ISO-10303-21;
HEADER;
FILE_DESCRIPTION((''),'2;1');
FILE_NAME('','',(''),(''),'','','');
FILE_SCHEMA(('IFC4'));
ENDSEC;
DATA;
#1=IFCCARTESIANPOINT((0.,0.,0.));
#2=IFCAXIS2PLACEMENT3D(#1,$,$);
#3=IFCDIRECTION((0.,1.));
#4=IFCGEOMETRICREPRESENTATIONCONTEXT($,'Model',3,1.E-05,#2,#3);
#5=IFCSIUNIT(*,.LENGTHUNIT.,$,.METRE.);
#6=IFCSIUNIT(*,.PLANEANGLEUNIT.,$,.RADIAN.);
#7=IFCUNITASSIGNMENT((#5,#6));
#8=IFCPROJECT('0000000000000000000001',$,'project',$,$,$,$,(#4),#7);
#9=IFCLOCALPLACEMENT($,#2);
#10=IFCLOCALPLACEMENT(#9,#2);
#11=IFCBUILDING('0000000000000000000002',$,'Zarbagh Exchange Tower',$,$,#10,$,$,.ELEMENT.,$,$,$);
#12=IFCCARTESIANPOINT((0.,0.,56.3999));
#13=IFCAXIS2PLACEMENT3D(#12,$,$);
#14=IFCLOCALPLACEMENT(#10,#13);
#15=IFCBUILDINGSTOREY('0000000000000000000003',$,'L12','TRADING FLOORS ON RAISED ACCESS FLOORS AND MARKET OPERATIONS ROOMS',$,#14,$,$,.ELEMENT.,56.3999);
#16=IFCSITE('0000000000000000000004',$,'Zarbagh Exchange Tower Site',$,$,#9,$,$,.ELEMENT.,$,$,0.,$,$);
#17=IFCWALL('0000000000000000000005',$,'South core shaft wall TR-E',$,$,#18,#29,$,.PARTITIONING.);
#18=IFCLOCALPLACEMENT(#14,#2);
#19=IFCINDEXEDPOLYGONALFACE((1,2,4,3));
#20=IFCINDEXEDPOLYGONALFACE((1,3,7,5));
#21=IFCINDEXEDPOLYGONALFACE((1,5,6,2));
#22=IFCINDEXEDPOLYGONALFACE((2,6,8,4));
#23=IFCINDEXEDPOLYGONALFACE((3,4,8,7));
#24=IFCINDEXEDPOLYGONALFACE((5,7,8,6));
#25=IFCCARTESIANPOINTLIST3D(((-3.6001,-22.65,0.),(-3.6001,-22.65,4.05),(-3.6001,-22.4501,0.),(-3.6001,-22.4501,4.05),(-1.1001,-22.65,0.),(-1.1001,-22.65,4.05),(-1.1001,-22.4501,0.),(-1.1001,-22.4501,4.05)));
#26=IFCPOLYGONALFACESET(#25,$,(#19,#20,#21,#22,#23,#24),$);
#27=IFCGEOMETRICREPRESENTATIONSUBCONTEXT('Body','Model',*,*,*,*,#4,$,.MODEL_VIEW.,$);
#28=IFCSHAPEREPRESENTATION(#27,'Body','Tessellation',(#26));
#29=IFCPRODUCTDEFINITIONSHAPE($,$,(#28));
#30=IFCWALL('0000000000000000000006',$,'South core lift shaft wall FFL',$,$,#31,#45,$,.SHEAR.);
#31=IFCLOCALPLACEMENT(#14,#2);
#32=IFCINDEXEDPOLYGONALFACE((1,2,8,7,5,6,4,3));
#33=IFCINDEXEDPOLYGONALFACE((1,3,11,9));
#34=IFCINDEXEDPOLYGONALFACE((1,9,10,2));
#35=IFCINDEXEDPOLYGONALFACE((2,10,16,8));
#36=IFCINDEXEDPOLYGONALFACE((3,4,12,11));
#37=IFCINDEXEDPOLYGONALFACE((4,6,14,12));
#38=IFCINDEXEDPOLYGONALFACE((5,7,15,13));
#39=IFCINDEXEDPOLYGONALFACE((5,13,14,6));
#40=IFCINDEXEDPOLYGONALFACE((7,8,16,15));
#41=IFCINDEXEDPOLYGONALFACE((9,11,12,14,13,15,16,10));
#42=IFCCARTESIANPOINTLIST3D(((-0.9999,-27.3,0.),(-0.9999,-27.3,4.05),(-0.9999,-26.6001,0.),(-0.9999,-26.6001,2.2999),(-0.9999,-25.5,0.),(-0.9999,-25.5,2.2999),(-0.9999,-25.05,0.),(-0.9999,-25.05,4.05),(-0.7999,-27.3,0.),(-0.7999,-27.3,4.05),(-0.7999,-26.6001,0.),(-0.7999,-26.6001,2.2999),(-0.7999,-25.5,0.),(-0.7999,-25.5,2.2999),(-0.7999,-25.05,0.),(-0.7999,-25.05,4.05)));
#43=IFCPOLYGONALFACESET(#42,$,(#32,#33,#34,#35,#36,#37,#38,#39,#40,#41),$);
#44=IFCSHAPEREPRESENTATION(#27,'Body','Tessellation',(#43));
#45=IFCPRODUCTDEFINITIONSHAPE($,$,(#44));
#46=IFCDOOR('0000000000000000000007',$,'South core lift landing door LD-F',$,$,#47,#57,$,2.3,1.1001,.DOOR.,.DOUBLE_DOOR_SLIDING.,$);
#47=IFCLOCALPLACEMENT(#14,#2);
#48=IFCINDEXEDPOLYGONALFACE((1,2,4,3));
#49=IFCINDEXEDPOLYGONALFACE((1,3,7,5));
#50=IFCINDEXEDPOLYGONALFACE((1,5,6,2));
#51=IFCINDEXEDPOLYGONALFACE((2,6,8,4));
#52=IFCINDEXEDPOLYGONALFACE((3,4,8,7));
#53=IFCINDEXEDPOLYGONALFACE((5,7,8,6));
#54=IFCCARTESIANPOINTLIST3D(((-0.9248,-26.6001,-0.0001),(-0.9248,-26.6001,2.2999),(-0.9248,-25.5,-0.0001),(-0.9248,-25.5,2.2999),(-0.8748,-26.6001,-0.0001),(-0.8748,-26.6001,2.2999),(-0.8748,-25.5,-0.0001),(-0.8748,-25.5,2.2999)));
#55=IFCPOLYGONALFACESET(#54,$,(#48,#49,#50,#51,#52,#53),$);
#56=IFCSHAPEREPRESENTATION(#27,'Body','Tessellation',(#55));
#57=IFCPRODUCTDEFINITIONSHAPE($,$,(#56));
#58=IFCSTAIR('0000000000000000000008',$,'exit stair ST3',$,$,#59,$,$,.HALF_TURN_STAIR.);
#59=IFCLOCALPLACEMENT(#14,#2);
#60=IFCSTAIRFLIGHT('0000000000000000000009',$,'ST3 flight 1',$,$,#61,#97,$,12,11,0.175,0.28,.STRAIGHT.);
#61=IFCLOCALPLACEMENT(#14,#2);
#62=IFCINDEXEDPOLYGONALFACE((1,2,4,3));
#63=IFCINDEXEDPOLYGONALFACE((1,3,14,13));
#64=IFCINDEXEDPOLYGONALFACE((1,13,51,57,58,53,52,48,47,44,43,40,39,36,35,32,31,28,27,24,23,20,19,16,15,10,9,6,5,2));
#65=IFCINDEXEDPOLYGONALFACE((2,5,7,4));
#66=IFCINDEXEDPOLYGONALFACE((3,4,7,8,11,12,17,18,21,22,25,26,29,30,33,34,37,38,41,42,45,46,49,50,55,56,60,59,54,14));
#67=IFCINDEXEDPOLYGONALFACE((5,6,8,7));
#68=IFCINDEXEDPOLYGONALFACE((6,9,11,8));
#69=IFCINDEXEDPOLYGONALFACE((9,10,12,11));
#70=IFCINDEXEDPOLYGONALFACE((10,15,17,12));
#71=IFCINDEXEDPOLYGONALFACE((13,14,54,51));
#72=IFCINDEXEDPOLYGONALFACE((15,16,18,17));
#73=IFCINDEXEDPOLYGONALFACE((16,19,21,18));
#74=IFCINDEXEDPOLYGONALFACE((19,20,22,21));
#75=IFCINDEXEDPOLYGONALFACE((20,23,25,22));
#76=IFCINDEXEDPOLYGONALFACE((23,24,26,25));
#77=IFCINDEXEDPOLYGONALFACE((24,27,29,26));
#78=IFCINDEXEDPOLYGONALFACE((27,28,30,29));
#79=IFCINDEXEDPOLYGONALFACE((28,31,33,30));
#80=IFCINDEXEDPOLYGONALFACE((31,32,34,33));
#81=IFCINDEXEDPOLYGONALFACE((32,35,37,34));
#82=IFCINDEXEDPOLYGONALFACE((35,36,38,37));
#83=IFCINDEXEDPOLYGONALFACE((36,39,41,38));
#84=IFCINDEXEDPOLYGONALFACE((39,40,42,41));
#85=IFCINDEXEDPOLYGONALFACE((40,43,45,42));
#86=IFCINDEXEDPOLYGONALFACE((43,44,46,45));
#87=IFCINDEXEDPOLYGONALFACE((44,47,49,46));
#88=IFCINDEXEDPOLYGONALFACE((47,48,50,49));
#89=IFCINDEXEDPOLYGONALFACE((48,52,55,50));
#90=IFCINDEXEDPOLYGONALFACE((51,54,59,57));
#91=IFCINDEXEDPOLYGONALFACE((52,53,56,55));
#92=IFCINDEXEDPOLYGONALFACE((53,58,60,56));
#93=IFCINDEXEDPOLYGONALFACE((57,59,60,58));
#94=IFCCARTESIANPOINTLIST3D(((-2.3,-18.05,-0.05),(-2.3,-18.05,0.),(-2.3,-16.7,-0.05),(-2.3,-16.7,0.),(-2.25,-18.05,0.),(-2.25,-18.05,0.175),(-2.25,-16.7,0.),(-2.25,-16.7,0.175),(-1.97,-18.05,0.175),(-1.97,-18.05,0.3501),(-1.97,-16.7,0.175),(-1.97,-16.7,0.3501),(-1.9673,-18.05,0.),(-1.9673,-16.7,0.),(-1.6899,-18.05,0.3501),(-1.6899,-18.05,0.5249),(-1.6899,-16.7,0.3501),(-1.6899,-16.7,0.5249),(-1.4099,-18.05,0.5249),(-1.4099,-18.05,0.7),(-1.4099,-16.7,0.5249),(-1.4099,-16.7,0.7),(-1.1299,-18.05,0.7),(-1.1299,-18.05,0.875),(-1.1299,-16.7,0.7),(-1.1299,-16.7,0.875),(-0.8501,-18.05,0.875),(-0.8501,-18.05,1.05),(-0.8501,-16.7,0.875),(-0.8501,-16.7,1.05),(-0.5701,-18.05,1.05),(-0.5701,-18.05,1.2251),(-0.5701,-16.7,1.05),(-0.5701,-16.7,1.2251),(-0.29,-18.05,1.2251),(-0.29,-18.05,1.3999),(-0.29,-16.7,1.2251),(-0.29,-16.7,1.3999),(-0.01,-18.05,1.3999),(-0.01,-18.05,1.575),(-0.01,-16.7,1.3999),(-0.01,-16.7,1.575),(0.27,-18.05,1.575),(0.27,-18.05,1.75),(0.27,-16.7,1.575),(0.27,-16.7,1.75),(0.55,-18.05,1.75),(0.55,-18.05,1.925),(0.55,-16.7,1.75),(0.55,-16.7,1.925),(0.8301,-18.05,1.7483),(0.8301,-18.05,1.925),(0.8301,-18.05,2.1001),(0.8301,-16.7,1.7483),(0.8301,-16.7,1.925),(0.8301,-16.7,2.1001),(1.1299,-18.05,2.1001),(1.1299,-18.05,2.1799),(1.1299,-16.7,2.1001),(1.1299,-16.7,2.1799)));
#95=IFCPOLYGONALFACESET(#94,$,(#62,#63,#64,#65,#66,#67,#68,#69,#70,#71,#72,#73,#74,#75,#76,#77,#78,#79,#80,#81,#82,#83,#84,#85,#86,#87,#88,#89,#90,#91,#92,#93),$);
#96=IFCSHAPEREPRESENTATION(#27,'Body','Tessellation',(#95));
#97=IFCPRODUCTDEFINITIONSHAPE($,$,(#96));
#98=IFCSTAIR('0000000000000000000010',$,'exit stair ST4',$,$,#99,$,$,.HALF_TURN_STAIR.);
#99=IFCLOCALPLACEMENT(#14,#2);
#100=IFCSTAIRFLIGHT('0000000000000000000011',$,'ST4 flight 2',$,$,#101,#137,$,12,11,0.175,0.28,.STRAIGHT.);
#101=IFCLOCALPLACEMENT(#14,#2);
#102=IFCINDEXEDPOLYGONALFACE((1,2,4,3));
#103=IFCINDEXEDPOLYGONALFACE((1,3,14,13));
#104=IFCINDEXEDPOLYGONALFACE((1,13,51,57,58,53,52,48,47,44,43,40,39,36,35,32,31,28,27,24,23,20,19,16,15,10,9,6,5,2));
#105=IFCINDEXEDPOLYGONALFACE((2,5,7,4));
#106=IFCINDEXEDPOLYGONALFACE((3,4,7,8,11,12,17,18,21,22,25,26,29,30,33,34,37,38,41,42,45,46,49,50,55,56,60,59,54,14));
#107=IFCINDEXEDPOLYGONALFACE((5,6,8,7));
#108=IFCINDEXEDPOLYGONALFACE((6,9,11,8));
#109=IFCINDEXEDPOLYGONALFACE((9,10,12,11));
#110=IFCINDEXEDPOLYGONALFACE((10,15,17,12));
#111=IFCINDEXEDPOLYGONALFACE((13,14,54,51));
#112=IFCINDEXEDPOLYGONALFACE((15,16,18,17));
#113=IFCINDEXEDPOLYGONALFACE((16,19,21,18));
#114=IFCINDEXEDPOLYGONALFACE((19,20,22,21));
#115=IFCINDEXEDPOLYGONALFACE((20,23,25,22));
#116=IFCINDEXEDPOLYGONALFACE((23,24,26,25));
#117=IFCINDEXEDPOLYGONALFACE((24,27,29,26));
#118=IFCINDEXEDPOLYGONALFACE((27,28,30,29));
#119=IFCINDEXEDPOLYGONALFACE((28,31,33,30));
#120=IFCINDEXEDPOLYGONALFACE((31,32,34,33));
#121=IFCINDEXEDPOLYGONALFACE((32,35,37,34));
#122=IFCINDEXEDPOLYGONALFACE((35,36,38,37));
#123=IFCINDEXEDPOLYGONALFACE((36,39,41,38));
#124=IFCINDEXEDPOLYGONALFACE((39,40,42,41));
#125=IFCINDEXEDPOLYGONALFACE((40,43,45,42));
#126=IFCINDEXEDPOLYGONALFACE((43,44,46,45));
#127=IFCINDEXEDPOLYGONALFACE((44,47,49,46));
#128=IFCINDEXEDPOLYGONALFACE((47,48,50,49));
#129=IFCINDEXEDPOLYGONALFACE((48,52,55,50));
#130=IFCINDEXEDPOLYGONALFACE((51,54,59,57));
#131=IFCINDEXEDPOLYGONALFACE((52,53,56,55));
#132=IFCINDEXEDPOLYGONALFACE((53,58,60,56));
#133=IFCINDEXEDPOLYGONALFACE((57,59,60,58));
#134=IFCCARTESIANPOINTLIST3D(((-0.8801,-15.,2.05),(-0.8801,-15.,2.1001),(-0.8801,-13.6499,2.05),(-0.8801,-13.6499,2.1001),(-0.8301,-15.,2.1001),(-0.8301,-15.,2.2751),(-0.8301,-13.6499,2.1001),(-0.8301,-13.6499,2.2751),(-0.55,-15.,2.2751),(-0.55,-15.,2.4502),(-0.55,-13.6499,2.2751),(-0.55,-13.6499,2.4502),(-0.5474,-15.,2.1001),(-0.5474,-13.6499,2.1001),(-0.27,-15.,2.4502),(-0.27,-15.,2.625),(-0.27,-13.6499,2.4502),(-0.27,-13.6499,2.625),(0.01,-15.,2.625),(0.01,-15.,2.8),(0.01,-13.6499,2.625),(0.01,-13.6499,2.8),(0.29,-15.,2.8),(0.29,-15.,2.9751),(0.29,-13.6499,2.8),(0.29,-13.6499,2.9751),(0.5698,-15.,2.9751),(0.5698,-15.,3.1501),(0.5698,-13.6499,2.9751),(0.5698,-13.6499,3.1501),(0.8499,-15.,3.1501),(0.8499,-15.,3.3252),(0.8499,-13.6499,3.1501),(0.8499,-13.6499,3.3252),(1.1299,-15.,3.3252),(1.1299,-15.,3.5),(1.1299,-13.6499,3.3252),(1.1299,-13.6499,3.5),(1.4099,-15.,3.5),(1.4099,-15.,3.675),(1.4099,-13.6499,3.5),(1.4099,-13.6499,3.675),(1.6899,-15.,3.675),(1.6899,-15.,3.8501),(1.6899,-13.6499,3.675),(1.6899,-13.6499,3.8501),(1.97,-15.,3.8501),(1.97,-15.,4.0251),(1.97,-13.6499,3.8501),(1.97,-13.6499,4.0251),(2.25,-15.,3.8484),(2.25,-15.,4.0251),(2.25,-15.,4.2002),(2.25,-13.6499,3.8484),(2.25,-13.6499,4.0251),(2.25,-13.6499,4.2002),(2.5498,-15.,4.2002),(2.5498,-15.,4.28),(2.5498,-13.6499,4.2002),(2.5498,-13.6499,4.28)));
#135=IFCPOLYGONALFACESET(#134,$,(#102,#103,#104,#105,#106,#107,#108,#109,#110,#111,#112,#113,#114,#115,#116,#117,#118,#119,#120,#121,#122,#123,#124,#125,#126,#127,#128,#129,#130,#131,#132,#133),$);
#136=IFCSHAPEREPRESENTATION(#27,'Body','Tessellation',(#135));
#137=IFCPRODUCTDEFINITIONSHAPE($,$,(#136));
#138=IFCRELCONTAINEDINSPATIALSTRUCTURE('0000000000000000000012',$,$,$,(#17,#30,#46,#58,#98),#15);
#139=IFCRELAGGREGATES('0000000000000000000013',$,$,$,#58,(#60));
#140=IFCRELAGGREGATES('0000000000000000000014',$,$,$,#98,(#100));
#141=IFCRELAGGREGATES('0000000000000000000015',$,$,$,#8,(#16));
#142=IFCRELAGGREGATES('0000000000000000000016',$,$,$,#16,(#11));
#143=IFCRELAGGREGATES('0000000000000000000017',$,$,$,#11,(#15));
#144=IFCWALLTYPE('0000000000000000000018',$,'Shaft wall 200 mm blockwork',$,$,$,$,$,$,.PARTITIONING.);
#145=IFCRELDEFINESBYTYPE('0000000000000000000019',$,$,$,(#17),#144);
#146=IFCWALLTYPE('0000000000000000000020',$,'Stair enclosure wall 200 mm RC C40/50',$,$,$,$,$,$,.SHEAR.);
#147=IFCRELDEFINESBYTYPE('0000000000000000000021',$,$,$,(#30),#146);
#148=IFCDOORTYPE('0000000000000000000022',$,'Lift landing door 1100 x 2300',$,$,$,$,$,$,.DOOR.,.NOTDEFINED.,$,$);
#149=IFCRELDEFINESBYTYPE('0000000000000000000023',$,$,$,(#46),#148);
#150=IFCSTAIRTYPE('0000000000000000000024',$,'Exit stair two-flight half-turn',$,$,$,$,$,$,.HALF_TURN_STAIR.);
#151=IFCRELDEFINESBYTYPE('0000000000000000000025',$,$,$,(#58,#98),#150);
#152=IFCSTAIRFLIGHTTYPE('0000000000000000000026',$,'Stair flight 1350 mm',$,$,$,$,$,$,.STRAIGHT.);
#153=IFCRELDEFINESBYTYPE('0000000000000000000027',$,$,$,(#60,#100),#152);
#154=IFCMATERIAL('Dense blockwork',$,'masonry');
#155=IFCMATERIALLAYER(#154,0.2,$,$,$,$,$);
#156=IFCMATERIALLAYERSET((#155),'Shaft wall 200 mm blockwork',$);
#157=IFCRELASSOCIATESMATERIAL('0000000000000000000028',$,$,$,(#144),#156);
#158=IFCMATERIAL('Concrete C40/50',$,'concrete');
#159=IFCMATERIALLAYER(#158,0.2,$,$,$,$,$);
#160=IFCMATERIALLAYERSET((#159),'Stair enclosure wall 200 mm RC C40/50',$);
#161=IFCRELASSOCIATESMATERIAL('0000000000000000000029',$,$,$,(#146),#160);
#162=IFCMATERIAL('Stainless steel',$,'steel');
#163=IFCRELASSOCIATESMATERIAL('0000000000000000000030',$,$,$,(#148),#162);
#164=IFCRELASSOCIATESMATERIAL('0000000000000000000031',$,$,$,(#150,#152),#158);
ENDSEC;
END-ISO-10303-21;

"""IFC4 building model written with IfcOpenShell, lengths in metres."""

from ifc_helpers import new_model, si_unit, direction, frame, frame_2d, origin, place, context, subcontext, project, spatial, polyline, rectangle, outline, extrude, material, layer, layer_set, type_object, element, fill, aggregate, save


model = new_model("IFC4")

# Units and contexts
model_context = context("Model", 3, precision=1e-05, world=origin(), true_north=direction((0.0, 1.0)))
body_context = subcontext(model_context, "Body", "Model", "MODEL_VIEW")
ifc_project = project(units=[si_unit("LENGTHUNIT", "METRE"), si_unit("PLANEANGLEUNIT", "RADIAN")], contexts=[model_context])

# Site, building, storey
site_placement = place(None, origin())
site = spatial("IfcSite", under=ifc_project, at=site_placement, Name="Zarbagh Exchange Tower Site", CompositionType="ELEMENT", RefElevation=0.0)
building_placement = place(site_placement, origin())
building = spatial("IfcBuilding", under=site, at=building_placement, Name="Zarbagh Exchange Tower", CompositionType="ELEMENT")
storey_placement = place(building_placement, frame((0.0, 0.0, 56.3999)))
storey = spatial("IfcBuildingStorey", under=building, at=storey_placement, Name="L12", Description="TRADING FLOORS ON RAISED ACCESS FLOORS AND MARKET OPERATIONS ROOMS", CompositionType="ELEMENT", Elevation=56.3999)

# Shared definitions
ifc_material_1 = material(Name="Concrete C40/50", Category="concrete")

# Wall
ifc_material_2 = material(Name="Dense blockwork", Category="masonry")
ifc_layer_1 = layer(ifc_material_2, 0.2)
ifc_layer_set_1 = layer_set([ifc_layer_1], Name="Shaft wall 200 mm blockwork")
wall_type_1 = type_object("IfcWallType", Name="Shaft wall 200 mm blockwork", PredefinedType="PARTITIONING", material=ifc_layer_set_1)
wall_1_placement = place(storey_placement, frame((-1.1001, -22.55, 0.0), z_axis=(0.0, 0.0, 1.0), x_axis=(-1.0, 0.0, 0.0)))
element("IfcWall", 1, at=wall_1_placement, inside=storey, type_object=wall_type_1, Name="South core shaft wall TR-E", PredefinedType="PARTITIONING", context=body_context, shape_type="SweptSolid", body=[
    extrude(rectangle(XDim=2.5, YDim=0.2, at=frame_2d((1.25, 0.0))), origin(), (0.0, 0.0, 1.0), 4.05),
])

# Wall, opening, door
ifc_layer_2 = layer(ifc_material_1, 0.2)
ifc_layer_set_2 = layer_set([ifc_layer_2], Name="Stair enclosure wall 200 mm RC C40/50")
wall_type_2 = type_object("IfcWallType", Name="Stair enclosure wall 200 mm RC C40/50", PredefinedType="SHEAR", material=ifc_layer_set_2)
wall_2_placement = place(storey_placement, frame((-0.8999, -27.3, 0.0), z_axis=(0.0, 0.0, 1.0), x_axis=(0.0, 1.0, 0.0)))
wall_2 = element("IfcWall", 2, at=wall_2_placement, inside=storey, type_object=wall_type_2, Name="South core lift shaft wall FFL", PredefinedType="SHEAR", context=body_context, shape_type="SweptSolid", body=[
    extrude(rectangle(XDim=2.25, YDim=0.2, at=frame_2d((1.125, 0.0))), origin(), (0.0, 0.0, 1.0), 4.05),
])
opening_1_placement = place(wall_2_placement, frame((0.7, 0.0, 0.0)))
opening_1 = element("IfcOpeningElement", 3, at=opening_1_placement, cuts=wall_2, PredefinedType="OPENING", context=body_context, shape_type="SweptSolid", body=[
    extrude(rectangle(XDim=1.1001, YDim=2.3, at=frame_2d((0.55, 1.1499))), frame((0.0, 0.1099, 0.0), z_axis=(0.0, -1.0, 0.0), x_axis=(1.0, 0.0, 0.0)), (0.0, 0.0, 1.0), 0.22),
])
ifc_material_3 = material(Name="Stainless steel", Category="steel")
door_type_1 = type_object("IfcDoorType", Name="Lift landing door 1100 x 2300", OperationType="NOTDEFINED", PredefinedType="DOOR", material=ifc_material_3)
door_1_placement = place(opening_1_placement, origin())
door_1 = element("IfcDoor", 4, at=door_1_placement, inside=storey, type_object=door_type_1, Name="South core lift landing door LD-F", OperationType="DOUBLE_DOOR_SLIDING", OverallHeight=2.3, OverallWidth=1.1001, PredefinedType="DOOR", context=body_context, shape_type="SweptSolid", body=[
    extrude(rectangle(XDim=1.1001, YDim=2.3, at=frame_2d((0.55, 1.1499))), frame((0.0, 0.0249, 0.0), z_axis=(0.0, -1.0, 0.0), x_axis=(1.0, 0.0, 0.0)), (0.0, 0.0, 1.0), 0.05),
])
fill(opening_1, door_1)

# Stairs, stair flights
stair_type = type_object("IfcStairType", Name="Exit stair two-flight half-turn", PredefinedType="HALF_TURN_STAIR", material=ifc_material_1)
stair_1_placement = place(storey_placement, origin())
stair_1 = element("IfcStair", 5, at=stair_1_placement, inside=storey, type_object=stair_type, Name="exit stair ST3", PredefinedType="HALF_TURN_STAIR")
stair_flight_type = type_object("IfcStairFlightType", Name="Stair flight 1350 mm", PredefinedType="STRAIGHT", material=ifc_material_1)
stair_flight_1_placement = place(storey_placement, frame((-2.25, -17.375, 0.0), z_axis=(0.0, 0.0, 1.0), x_axis=(1.0, 0.0, 0.0)))
stair_flight_1 = element("IfcStairFlight", 6, at=stair_flight_1_placement, type_object=stair_flight_type, Name="ST3 flight 1", NumberOfRisers=12, NumberOfTreads=11, PredefinedType="STRAIGHT", RiserHeight=0.175, TreadLength=0.28, context=body_context, shape_type="SweptSolid", body=[
    extrude(outline(polyline([(-0.05, -0.05), (-0.05, 0.0), (0.0, 0.0), (0.0, 0.175), (0.28, 0.175), (0.28, 0.3501), (0.5601, 0.3501), (0.5601, 0.5249), (0.8401, 0.5249), (0.8401, 0.7), (1.1201, 0.7), (1.1201, 0.875), (1.3999, 0.875), (1.3999, 1.05), (1.6799, 1.05), (1.6799, 1.2251), (1.96, 1.2251), (1.96, 1.3999), (2.24, 1.3999), (2.24, 1.575), (2.52, 1.575), (2.52, 1.75), (2.8, 1.75), (2.8, 1.925), (3.0801, 1.925), (3.0801, 2.1001), (3.3799, 2.1799), (3.3799, 2.1001), (3.0801, 1.7483), (0.2827, 0.0), (-0.05, -0.05)])), frame((0.0, 0.675, 0.0), z_axis=(0.0, -1.0, 0.0), x_axis=(1.0, 0.0, 0.0)), (0.0, 0.0, 1.0), 1.3501),
])
aggregate(stair_1, [stair_flight_1])
stair_2_placement = place(storey_placement, origin())
stair_2 = element("IfcStair", 7, at=stair_2_placement, inside=storey, type_object=stair_type, Name="exit stair ST4", PredefinedType="HALF_TURN_STAIR")
stair_flight_2_placement = place(storey_placement, frame((-0.8301, -14.325, 2.1001), z_axis=(0.0, 0.0, 1.0), x_axis=(1.0, 0.0, 0.0)))
stair_flight_2 = element("IfcStairFlight", 8, at=stair_flight_2_placement, type_object=stair_flight_type, Name="ST4 flight 2", NumberOfRisers=12, NumberOfTreads=11, PredefinedType="STRAIGHT", RiserHeight=0.175, TreadLength=0.28, context=body_context, shape_type="SweptSolid", body=[
    extrude(outline(polyline([(-0.05, -0.05), (-0.05, 0.0), (0.0, 0.0), (0.0, 0.175), (0.28, 0.175), (0.28, 0.3501), (0.5601, 0.3501), (0.5601, 0.5249), (0.8401, 0.5249), (0.8401, 0.7), (1.1201, 0.7), (1.1201, 0.875), (1.3999, 0.875), (1.3999, 1.05), (1.6799, 1.05), (1.6799, 1.2251), (1.96, 1.2251), (1.96, 1.3999), (2.24, 1.3999), (2.24, 1.575), (2.52, 1.575), (2.52, 1.75), (2.8, 1.75), (2.8, 1.925), (3.0801, 1.925), (3.0801, 2.1001), (3.3799, 2.1799), (3.3799, 2.1001), (3.0801, 1.7483), (0.2827, 0.0), (-0.05, -0.05)])), frame((0.0, 0.675, 0.0), z_axis=(0.0, -1.0, 0.0), x_axis=(1.0, 0.0, 0.0)), (0.0, 0.0, 1.0), 1.3501),
])
aggregate(stair_2, [stair_flight_2])

save(model, "model.ifc")
